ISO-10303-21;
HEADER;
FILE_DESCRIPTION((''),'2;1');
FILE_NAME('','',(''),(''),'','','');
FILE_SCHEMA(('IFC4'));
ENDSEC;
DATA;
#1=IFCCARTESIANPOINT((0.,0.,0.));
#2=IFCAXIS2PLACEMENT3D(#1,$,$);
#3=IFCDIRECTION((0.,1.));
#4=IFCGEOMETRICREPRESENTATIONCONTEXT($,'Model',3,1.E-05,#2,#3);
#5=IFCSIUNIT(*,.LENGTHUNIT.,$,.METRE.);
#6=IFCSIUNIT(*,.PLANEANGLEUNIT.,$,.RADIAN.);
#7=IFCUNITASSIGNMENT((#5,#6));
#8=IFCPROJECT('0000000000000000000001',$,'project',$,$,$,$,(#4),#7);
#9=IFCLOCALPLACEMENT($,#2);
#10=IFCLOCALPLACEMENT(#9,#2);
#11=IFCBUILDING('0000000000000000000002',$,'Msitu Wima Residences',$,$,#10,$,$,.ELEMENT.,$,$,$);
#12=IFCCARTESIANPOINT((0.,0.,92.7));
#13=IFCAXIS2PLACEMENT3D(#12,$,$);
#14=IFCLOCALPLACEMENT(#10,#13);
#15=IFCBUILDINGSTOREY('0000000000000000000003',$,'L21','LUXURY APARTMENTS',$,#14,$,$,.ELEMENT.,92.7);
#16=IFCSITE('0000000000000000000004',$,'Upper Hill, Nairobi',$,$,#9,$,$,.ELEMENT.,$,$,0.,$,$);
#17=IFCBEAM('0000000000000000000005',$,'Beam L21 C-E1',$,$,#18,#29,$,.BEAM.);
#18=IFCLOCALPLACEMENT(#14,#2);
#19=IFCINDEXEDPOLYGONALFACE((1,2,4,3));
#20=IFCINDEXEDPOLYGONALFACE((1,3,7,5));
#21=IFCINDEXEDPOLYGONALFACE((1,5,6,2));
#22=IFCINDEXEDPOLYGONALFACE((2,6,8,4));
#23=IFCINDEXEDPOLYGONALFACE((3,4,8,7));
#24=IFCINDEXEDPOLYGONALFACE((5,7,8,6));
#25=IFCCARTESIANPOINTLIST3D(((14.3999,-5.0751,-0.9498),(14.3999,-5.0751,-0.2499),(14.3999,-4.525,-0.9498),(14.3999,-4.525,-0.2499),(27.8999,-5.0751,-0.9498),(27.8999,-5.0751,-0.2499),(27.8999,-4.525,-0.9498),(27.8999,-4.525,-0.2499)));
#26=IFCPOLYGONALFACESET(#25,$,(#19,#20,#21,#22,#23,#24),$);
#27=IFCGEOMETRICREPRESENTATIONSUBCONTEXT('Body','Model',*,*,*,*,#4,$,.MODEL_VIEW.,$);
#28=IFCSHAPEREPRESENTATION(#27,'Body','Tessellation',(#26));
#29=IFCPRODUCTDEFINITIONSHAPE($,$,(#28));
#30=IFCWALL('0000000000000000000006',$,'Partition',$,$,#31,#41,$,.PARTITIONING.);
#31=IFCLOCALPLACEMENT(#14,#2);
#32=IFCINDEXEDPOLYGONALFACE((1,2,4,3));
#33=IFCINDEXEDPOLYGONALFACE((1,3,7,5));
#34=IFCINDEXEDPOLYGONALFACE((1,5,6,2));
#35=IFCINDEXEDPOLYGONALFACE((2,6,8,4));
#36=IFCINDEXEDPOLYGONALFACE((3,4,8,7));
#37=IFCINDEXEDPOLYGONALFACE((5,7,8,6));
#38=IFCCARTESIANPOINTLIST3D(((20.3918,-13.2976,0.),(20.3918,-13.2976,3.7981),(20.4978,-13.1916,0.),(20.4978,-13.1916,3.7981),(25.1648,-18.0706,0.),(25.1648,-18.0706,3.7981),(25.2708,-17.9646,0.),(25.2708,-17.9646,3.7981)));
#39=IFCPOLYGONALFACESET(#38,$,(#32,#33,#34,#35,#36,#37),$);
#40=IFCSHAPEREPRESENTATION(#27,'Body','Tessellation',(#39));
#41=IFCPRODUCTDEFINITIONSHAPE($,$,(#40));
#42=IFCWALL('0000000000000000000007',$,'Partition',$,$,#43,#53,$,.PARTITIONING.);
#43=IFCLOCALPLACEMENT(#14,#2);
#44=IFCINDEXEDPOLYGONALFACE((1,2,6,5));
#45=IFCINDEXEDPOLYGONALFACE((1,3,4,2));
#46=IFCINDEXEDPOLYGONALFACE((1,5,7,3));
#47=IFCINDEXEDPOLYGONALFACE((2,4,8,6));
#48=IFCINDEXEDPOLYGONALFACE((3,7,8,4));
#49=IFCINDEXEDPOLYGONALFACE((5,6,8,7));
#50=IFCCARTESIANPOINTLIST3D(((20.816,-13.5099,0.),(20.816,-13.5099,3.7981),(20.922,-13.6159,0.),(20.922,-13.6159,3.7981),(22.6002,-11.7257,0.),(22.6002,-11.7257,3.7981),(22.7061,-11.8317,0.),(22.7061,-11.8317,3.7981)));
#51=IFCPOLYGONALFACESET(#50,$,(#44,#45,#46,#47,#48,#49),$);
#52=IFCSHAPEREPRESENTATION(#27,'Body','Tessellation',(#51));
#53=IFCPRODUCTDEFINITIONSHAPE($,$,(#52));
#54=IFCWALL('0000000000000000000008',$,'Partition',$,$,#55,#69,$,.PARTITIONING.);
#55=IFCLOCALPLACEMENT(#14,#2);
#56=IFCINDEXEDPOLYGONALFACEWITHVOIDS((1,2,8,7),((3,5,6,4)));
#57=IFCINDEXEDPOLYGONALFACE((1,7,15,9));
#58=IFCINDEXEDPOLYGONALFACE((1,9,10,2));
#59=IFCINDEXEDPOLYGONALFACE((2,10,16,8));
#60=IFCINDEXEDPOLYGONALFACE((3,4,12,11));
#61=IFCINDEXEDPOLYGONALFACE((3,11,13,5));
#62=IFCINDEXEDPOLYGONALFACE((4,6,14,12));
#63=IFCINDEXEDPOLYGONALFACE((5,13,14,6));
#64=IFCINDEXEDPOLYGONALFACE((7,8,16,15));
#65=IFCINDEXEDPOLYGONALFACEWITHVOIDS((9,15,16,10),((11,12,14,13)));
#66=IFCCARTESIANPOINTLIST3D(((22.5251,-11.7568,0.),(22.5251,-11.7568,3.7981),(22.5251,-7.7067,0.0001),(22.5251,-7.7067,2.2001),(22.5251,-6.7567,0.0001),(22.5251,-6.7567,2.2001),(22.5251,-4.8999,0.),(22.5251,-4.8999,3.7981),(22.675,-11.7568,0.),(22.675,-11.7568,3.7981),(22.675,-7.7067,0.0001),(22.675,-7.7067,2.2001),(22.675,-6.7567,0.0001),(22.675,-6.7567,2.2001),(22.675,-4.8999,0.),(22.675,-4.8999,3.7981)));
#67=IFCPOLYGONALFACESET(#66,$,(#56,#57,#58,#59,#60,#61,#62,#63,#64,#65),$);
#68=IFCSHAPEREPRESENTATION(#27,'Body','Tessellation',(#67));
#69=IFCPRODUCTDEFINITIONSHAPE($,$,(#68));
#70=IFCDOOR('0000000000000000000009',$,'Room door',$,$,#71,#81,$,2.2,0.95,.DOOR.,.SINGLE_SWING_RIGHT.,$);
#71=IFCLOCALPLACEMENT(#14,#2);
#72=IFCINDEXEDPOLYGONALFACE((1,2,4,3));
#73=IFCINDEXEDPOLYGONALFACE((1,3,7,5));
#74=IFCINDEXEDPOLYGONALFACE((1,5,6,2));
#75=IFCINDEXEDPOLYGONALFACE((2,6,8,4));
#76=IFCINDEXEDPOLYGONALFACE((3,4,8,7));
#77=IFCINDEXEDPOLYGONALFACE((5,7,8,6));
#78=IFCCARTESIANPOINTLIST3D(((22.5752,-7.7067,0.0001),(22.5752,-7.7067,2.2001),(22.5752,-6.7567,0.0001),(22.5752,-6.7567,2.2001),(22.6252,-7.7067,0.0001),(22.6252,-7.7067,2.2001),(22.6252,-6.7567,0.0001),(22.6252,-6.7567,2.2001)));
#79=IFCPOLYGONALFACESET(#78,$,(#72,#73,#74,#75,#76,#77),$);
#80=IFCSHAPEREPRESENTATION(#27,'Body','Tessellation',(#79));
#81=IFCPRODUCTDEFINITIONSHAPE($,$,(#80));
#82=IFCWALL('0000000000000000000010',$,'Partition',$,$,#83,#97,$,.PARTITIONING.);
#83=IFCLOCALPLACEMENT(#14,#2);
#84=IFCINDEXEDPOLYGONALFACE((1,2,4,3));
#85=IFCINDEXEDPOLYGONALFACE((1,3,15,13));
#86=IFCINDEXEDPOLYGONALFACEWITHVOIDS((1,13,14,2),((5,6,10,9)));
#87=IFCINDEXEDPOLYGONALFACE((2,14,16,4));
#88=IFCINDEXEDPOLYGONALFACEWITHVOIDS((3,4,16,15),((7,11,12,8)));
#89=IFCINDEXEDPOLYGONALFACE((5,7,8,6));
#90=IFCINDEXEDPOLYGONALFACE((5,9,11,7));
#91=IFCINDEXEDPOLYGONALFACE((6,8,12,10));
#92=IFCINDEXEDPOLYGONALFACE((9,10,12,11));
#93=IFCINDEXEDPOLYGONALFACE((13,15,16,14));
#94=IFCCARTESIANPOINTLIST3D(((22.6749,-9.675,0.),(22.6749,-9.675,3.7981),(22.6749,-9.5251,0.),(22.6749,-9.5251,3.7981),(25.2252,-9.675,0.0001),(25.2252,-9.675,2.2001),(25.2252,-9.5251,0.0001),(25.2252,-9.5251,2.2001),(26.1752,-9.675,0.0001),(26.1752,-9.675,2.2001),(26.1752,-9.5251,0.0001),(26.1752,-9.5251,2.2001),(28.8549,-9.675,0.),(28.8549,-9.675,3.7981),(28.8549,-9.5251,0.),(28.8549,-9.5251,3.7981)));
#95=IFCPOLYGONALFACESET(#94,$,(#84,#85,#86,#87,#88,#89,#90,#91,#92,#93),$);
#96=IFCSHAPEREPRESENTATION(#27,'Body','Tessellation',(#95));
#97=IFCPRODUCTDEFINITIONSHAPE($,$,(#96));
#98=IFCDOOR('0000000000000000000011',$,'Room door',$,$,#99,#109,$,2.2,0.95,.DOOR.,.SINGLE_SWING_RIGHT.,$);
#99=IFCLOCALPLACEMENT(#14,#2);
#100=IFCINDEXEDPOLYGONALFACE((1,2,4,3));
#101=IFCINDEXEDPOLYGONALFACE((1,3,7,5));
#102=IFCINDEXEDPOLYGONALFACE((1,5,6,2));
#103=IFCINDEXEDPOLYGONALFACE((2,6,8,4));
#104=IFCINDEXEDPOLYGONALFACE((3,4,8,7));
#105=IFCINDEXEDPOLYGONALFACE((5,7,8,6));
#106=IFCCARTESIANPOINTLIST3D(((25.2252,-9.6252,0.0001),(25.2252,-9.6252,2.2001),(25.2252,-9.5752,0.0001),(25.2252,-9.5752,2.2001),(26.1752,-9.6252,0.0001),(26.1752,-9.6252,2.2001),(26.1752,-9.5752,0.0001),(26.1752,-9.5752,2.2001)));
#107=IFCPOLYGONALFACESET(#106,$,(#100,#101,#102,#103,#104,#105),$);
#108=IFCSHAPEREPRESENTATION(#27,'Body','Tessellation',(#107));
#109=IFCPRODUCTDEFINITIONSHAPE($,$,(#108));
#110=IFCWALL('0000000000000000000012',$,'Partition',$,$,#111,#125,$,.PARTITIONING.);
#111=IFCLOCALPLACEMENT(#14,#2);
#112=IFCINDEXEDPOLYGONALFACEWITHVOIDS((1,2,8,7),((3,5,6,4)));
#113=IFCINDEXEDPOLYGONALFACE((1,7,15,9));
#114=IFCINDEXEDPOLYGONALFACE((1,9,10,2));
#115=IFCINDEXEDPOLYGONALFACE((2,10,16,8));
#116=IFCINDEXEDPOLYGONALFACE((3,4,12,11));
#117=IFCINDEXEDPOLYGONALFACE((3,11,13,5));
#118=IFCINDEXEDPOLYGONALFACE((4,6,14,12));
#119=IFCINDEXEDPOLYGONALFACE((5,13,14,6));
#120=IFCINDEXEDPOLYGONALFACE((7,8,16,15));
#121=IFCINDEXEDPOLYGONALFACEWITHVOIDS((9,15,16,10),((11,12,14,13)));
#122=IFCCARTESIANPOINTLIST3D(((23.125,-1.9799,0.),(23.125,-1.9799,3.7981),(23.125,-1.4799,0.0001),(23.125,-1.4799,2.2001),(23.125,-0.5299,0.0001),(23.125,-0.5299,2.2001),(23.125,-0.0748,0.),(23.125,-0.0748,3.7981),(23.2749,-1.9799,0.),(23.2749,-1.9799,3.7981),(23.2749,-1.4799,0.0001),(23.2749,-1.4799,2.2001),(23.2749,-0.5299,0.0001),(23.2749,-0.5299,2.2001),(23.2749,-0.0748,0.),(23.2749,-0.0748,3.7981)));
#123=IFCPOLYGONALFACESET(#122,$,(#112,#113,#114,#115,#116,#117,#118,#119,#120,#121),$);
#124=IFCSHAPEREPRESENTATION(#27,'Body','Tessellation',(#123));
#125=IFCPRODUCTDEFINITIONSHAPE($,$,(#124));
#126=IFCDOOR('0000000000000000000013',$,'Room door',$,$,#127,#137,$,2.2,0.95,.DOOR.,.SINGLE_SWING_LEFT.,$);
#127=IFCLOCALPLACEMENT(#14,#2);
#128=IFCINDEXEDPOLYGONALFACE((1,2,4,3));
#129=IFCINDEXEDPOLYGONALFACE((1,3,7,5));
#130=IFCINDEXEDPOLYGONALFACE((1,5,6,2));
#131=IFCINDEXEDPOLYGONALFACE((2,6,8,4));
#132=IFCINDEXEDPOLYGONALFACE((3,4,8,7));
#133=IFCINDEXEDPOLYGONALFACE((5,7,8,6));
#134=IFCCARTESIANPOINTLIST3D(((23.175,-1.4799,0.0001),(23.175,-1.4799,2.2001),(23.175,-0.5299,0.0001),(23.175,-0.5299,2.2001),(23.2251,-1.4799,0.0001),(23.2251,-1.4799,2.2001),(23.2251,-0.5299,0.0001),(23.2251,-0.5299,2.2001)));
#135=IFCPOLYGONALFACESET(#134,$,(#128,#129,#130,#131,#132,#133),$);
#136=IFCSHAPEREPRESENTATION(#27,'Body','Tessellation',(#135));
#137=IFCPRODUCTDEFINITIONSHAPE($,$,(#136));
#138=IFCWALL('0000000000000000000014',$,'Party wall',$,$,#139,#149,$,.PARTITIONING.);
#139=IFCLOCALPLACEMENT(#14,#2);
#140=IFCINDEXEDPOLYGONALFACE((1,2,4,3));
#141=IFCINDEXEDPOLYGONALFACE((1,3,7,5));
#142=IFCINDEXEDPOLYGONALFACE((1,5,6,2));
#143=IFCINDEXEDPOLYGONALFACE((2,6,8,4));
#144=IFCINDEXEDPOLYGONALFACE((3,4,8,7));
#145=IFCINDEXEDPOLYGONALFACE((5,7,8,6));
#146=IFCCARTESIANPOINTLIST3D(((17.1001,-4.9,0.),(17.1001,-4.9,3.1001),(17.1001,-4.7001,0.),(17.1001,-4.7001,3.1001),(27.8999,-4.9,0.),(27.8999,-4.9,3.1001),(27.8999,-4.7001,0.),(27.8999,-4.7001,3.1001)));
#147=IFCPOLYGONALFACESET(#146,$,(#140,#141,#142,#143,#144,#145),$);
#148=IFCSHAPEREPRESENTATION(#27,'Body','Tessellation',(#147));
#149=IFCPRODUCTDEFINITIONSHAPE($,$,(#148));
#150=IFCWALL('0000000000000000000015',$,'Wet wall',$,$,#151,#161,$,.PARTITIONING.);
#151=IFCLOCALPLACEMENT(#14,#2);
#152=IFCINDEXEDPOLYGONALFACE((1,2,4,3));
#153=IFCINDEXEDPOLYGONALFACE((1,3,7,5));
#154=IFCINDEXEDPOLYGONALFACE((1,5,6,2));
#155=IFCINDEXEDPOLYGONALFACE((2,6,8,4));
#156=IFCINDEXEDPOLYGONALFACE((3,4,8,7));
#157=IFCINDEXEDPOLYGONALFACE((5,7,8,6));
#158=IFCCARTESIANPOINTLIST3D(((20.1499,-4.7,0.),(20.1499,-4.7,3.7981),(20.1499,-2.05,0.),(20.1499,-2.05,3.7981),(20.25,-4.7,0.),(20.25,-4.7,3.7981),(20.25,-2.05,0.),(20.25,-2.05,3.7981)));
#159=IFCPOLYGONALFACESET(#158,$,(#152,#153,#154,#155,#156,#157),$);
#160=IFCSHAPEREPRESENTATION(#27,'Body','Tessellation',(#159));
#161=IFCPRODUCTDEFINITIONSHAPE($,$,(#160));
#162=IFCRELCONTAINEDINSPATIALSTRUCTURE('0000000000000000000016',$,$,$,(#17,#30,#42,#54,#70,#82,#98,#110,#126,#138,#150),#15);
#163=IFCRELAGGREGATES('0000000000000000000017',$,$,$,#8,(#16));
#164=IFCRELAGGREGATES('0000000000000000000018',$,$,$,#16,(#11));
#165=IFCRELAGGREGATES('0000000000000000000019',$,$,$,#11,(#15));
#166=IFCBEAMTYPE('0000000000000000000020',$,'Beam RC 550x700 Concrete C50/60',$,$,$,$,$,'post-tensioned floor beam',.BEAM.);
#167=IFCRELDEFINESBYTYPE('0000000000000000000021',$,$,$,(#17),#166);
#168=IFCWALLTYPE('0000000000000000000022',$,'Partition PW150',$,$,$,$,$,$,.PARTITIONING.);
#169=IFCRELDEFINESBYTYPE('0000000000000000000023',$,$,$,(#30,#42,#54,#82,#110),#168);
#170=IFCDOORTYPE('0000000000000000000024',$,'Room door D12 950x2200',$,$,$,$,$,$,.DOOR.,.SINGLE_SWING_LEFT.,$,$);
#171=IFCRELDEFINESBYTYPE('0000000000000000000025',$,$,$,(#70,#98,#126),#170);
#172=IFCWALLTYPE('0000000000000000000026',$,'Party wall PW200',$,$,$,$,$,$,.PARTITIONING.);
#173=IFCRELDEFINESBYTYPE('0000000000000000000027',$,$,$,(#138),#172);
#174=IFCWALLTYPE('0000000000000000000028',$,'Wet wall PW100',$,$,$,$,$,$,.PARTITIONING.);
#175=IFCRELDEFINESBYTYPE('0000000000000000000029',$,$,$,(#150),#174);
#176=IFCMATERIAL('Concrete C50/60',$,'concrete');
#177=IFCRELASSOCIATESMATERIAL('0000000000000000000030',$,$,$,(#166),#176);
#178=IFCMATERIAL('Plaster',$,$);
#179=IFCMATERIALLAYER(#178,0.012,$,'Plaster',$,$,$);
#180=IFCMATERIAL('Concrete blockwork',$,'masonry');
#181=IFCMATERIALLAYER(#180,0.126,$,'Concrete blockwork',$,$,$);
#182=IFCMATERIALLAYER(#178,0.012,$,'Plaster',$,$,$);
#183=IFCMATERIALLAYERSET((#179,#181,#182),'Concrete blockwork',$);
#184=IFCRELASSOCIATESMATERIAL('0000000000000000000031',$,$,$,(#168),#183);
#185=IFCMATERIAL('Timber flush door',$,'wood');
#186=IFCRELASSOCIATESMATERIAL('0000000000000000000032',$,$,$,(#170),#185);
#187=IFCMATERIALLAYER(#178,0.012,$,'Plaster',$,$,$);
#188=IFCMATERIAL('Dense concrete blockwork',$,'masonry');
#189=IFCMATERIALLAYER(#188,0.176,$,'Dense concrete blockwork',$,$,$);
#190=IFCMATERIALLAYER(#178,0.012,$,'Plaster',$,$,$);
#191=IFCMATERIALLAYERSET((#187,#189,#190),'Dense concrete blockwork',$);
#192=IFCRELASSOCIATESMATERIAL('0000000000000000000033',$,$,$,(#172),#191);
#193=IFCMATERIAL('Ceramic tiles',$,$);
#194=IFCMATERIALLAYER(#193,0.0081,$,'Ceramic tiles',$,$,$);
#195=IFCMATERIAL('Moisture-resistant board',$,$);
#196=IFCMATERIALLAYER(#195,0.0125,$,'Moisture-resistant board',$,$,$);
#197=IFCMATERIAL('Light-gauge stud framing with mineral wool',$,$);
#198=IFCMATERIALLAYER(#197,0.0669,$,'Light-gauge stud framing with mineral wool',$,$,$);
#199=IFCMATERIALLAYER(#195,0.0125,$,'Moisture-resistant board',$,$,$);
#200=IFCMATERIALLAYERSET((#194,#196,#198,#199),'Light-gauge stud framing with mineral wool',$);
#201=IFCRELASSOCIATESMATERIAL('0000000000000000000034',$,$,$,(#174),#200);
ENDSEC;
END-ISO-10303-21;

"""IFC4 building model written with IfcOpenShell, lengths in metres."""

from ifc_helpers import new_model, si_unit, direction, frame, frame_2d, origin, origin_2d, place, context, subcontext, project, spatial, rectangle, extrude, material, layer, layer_set, material_profile, profile_set, type_object, element, fill, save


model = new_model("IFC4")

# Units and contexts
model_context = context("Model", 3, precision=1e-05, world=origin(), true_north=direction((0.0, 1.0)))
body_context = subcontext(model_context, "Body", "Model", "MODEL_VIEW")
ifc_project = project(units=[si_unit("LENGTHUNIT", "METRE"), si_unit("PLANEANGLEUNIT", "RADIAN")], contexts=[model_context])

# Site, building, storey
site_placement = place(None, origin())
site = spatial("IfcSite", under=ifc_project, at=site_placement, Name="Upper Hill, Nairobi", CompositionType="ELEMENT", RefElevation=0.0)
building_placement = place(site_placement, origin())
building = spatial("IfcBuilding", under=site, at=building_placement, Name="Msitu Wima Residences", CompositionType="ELEMENT")
storey_placement = place(building_placement, frame((0.0, 0.0, 92.7)))
storey = spatial("IfcBuildingStorey", under=building, at=storey_placement, Name="L21", Description="LUXURY APARTMENTS", CompositionType="ELEMENT", Elevation=92.7)

# Beam
ifc_material_1 = material(Name="Concrete C50/60", Category="concrete")
ifc_material_profile = material_profile(ifc_material_1, rectangle(XDim=0.55, YDim=0.7, at=origin_2d()), Name="RC 550x700")
ifc_profile_set = profile_set([ifc_material_profile], Name="Concrete C50/60")
beam_type = type_object("IfcBeamType", Name="Beam RC 550x700 Concrete C50/60", ElementType="post-tensioned floor beam", PredefinedType="BEAM", material=ifc_profile_set)
beam_placement = place(storey_placement, frame((27.8999, -4.8, -0.5999), z_axis=(-1.0, 0.0, 0.0), x_axis=(0.0, -1.0, 0.0)))
element("IfcBeam", 1, at=beam_placement, inside=storey, type_object=beam_type, Name="Beam L21 C-E1", PredefinedType="BEAM", context=body_context, shape_type="SweptSolid", body=[
    extrude(rectangle(XDim=0.55, YDim=0.7, at=origin_2d()), origin(), (0.0, 0.0, 1.0), 13.5),
])

# Walls
ifc_material_2 = material(Name="Plaster")
ifc_layer_1 = layer(ifc_material_2, 0.012, Name="Plaster")
ifc_material_3 = material(Name="Concrete blockwork", Category="masonry")
ifc_layer_2 = layer(ifc_material_3, 0.126, Name="Concrete blockwork")
ifc_layer_3 = layer(ifc_material_2, 0.012, Name="Plaster")
ifc_layer_set_1 = layer_set([ifc_layer_1, ifc_layer_2, ifc_layer_3], Name="Concrete blockwork")
wall_type_1 = type_object("IfcWallType", Name="Partition PW150", PredefinedType="PARTITIONING", material=ifc_layer_set_1)
wall_1_placement = place(storey_placement, frame((20.4448, -13.2446, 0.0), z_axis=(0.0, 0.0, 1.0), x_axis=(0.707107, -0.707107, 0.0)))
element("IfcWall", 2, at=wall_1_placement, inside=storey, type_object=wall_type_1, Name="Partition", PredefinedType="PARTITIONING", context=body_context, shape_type="SweptSolid", body=[
    extrude(rectangle(XDim=6.75, YDim=0.1499, at=frame_2d((3.375, 0.0))), origin(), (0.0, 0.0, 1.0), 3.7981),
])
wall_2_placement = place(storey_placement, frame((20.8689, -13.563, 0.0), z_axis=(0.0, 0.0, 1.0), x_axis=(0.707107, 0.707107, 0.0)))
element("IfcWall", 3, at=wall_2_placement, inside=storey, type_object=wall_type_1, Name="Partition", PredefinedType="PARTITIONING", context=body_context, shape_type="SweptSolid", body=[
    extrude(rectangle(XDim=2.5232, YDim=0.1499, at=frame_2d((1.2617, 0.0))), origin(), (0.0, 0.0, 1.0), 3.7981),
])

# Walls, openings, doors
wall_3_placement = place(storey_placement, frame((22.6001, -11.7568, 0.0), z_axis=(0.0, 0.0, 1.0), x_axis=(0.0, 1.0, 0.0)))
wall_3 = element("IfcWall", 4, at=wall_3_placement, inside=storey, type_object=wall_type_1, Name="Partition", PredefinedType="PARTITIONING", context=body_context, shape_type="SweptSolid", body=[
    extrude(rectangle(XDim=6.8569, YDim=0.1499, at=frame_2d((3.4285, 0.0))), origin(), (0.0, 0.0, 1.0), 3.7981),
])
opening_1_placement = place(wall_3_placement, frame((4.05, 0.0, 0.0)))
opening_1 = element("IfcOpeningElement", 5, at=opening_1_placement, cuts=wall_3, PredefinedType="OPENING", context=body_context, shape_type="SweptSolid", body=[
    extrude(rectangle(XDim=0.95, YDim=2.2, at=frame_2d((0.4751, 1.1001))), frame((0.0, 0.085, 0.0), z_axis=(0.0, -1.0, 0.0), x_axis=(1.0, 0.0, 0.0)), (0.0, 0.0, 1.0), 0.1699),
])
ifc_material_4 = material(Name="Timber flush door", Category="wood")
door_type_1 = type_object("IfcDoorType", Name="Room door D12 950x2200", OperationType="SINGLE_SWING_LEFT", PredefinedType="DOOR", material=ifc_material_4)
door_1_placement = place(opening_1_placement, origin())
door_1 = element("IfcDoor", 6, at=door_1_placement, inside=storey, type_object=door_type_1, Name="Room door", OperationType="SINGLE_SWING_RIGHT", OverallHeight=2.2, OverallWidth=0.95, PredefinedType="DOOR", context=body_context, shape_type="SweptSolid", body=[
    extrude(rectangle(XDim=0.95, YDim=2.2, at=frame_2d((0.4751, 1.1001))), frame((0.0, 0.0249, 0.0), z_axis=(0.0, -1.0, 0.0), x_axis=(1.0, 0.0, 0.0)), (0.0, 0.0, 1.0), 0.05),
])
fill(opening_1, door_1)
wall_4_placement = place(storey_placement, frame((22.675, -9.6001, 0.0), z_axis=(0.0, 0.0, 1.0), x_axis=(1.0, 0.0, 0.0)))
wall_4 = element("IfcWall", 7, at=wall_4_placement, inside=storey, type_object=wall_type_1, Name="Partition", PredefinedType="PARTITIONING", context=body_context, shape_type="SweptSolid", body=[
    extrude(rectangle(XDim=6.1799, YDim=0.1499, at=frame_2d((3.0898, 0.0))), origin(), (0.0, 0.0, 1.0), 3.7981),
])
opening_2_placement = place(wall_4_placement, frame((2.55, 0.0, 0.0)))
opening_2 = element("IfcOpeningElement", 8, at=opening_2_placement, cuts=wall_4, PredefinedType="OPENING", context=body_context, shape_type="SweptSolid", body=[
    extrude(rectangle(XDim=0.95, YDim=2.2, at=frame_2d((0.4751, 1.1001))), frame((0.0, 0.085, 0.0), z_axis=(0.0, -1.0, 0.0), x_axis=(1.0, 0.0, 0.0)), (0.0, 0.0, 1.0), 0.1699),
])
door_2_placement = place(opening_2_placement, origin())
door_2 = element("IfcDoor", 9, at=door_2_placement, inside=storey, type_object=door_type_1, Name="Room door", OperationType="SINGLE_SWING_RIGHT", OverallHeight=2.2, OverallWidth=0.95, PredefinedType="DOOR", context=body_context, shape_type="SweptSolid", body=[
    extrude(rectangle(XDim=0.95, YDim=2.2, at=frame_2d((0.4751, 1.1001))), frame((0.0, 0.0249, 0.0), z_axis=(0.0, -1.0, 0.0), x_axis=(1.0, 0.0, 0.0)), (0.0, 0.0, 1.0), 0.05),
])
fill(opening_2, door_2)
wall_5_placement = place(storey_placement, frame((23.2, -1.98, 0.0), z_axis=(0.0, 0.0, 1.0), x_axis=(0.0, 1.0, 0.0)))
wall_5 = element("IfcWall", 10, at=wall_5_placement, inside=storey, type_object=wall_type_1, Name="Partition", PredefinedType="PARTITIONING", context=body_context, shape_type="SweptSolid", body=[
    extrude(rectangle(XDim=1.905, YDim=0.1499, at=frame_2d((0.9526, 0.0))), origin(), (0.0, 0.0, 1.0), 3.7981),
])
opening_3_placement = place(wall_5_placement, frame((0.5, 0.0, 0.0)))
opening_3 = element("IfcOpeningElement", 11, at=opening_3_placement, cuts=wall_5, PredefinedType="OPENING", context=body_context, shape_type="SweptSolid", body=[
    extrude(rectangle(XDim=0.95, YDim=2.2, at=frame_2d((0.4751, 1.1001))), frame((0.0, 0.085, 0.0), z_axis=(0.0, -1.0, 0.0), x_axis=(1.0, 0.0, 0.0)), (0.0, 0.0, 1.0), 0.1699),
])
door_3_placement = place(opening_3_placement, origin())
door_3 = element("IfcDoor", 12, at=door_3_placement, inside=storey, type_object=door_type_1, Name="Room door", OperationType="SINGLE_SWING_LEFT", OverallHeight=2.2, OverallWidth=0.95, PredefinedType="DOOR", context=body_context, shape_type="SweptSolid", body=[
    extrude(rectangle(XDim=0.95, YDim=2.2, at=frame_2d((0.4751, 1.1001))), frame((0.0, 0.0249, 0.0), z_axis=(0.0, -1.0, 0.0), x_axis=(1.0, 0.0, 0.0)), (0.0, 0.0, 1.0), 0.05),
])
fill(opening_3, door_3)

# Walls
ifc_layer_4 = layer(ifc_material_2, 0.012, Name="Plaster")
ifc_material_5 = material(Name="Dense concrete blockwork", Category="masonry")
ifc_layer_5 = layer(ifc_material_5, 0.176, Name="Dense concrete blockwork")
ifc_layer_6 = layer(ifc_material_2, 0.012, Name="Plaster")
ifc_layer_set_2 = layer_set([ifc_layer_4, ifc_layer_5, ifc_layer_6], Name="Dense concrete blockwork")
wall_type_2 = type_object("IfcWallType", Name="Party wall PW200", PredefinedType="PARTITIONING", material=ifc_layer_set_2)
wall_6_placement = place(storey_placement, frame((17.1001, -4.8, 0.0), z_axis=(0.0, 0.0, 1.0), x_axis=(1.0, 0.0, 0.0)))
element("IfcWall", 13, at=wall_6_placement, inside=storey, type_object=wall_type_2, Name="Party wall", PredefinedType="PARTITIONING", context=body_context, shape_type="SweptSolid", body=[
    extrude(rectangle(XDim=10.7998, YDim=0.2, at=frame_2d((5.3999, 0.0))), origin(), (0.0, 0.0, 1.0), 3.1001),
])
ifc_material_6 = material(Name="Ceramic tiles")
ifc_layer_7 = layer(ifc_material_6, 0.0081, Name="Ceramic tiles")
ifc_material_7 = material(Name="Moisture-resistant board")
ifc_layer_8 = layer(ifc_material_7, 0.0125, Name="Moisture-resistant board")
ifc_material_8 = material(Name="Light-gauge stud framing with mineral wool")
ifc_layer_9 = layer(ifc_material_8, 0.0669, Name="Light-gauge stud framing with mineral wool")
ifc_layer_10 = layer(ifc_material_7, 0.0125, Name="Moisture-resistant board")
ifc_layer_set_3 = layer_set([ifc_layer_7, ifc_layer_8, ifc_layer_9, ifc_layer_10], Name="Light-gauge stud framing with mineral wool")
wall_type_3 = type_object("IfcWallType", Name="Wet wall PW100", PredefinedType="PARTITIONING", material=ifc_layer_set_3)
wall_7_placement = place(storey_placement, frame((20.2, -4.7, 0.0), z_axis=(0.0, 0.0, 1.0), x_axis=(0.0, 1.0, 0.0)))
element("IfcWall", 14, at=wall_7_placement, inside=storey, type_object=wall_type_3, Name="Wet wall", PredefinedType="PARTITIONING", context=body_context, shape_type="SweptSolid", body=[
    extrude(rectangle(XDim=2.6499, YDim=0.1001, at=frame_2d((1.325, 0.0))), origin(), (0.0, 0.0, 1.0), 3.7981),
])

save(model, "model.ifc")
